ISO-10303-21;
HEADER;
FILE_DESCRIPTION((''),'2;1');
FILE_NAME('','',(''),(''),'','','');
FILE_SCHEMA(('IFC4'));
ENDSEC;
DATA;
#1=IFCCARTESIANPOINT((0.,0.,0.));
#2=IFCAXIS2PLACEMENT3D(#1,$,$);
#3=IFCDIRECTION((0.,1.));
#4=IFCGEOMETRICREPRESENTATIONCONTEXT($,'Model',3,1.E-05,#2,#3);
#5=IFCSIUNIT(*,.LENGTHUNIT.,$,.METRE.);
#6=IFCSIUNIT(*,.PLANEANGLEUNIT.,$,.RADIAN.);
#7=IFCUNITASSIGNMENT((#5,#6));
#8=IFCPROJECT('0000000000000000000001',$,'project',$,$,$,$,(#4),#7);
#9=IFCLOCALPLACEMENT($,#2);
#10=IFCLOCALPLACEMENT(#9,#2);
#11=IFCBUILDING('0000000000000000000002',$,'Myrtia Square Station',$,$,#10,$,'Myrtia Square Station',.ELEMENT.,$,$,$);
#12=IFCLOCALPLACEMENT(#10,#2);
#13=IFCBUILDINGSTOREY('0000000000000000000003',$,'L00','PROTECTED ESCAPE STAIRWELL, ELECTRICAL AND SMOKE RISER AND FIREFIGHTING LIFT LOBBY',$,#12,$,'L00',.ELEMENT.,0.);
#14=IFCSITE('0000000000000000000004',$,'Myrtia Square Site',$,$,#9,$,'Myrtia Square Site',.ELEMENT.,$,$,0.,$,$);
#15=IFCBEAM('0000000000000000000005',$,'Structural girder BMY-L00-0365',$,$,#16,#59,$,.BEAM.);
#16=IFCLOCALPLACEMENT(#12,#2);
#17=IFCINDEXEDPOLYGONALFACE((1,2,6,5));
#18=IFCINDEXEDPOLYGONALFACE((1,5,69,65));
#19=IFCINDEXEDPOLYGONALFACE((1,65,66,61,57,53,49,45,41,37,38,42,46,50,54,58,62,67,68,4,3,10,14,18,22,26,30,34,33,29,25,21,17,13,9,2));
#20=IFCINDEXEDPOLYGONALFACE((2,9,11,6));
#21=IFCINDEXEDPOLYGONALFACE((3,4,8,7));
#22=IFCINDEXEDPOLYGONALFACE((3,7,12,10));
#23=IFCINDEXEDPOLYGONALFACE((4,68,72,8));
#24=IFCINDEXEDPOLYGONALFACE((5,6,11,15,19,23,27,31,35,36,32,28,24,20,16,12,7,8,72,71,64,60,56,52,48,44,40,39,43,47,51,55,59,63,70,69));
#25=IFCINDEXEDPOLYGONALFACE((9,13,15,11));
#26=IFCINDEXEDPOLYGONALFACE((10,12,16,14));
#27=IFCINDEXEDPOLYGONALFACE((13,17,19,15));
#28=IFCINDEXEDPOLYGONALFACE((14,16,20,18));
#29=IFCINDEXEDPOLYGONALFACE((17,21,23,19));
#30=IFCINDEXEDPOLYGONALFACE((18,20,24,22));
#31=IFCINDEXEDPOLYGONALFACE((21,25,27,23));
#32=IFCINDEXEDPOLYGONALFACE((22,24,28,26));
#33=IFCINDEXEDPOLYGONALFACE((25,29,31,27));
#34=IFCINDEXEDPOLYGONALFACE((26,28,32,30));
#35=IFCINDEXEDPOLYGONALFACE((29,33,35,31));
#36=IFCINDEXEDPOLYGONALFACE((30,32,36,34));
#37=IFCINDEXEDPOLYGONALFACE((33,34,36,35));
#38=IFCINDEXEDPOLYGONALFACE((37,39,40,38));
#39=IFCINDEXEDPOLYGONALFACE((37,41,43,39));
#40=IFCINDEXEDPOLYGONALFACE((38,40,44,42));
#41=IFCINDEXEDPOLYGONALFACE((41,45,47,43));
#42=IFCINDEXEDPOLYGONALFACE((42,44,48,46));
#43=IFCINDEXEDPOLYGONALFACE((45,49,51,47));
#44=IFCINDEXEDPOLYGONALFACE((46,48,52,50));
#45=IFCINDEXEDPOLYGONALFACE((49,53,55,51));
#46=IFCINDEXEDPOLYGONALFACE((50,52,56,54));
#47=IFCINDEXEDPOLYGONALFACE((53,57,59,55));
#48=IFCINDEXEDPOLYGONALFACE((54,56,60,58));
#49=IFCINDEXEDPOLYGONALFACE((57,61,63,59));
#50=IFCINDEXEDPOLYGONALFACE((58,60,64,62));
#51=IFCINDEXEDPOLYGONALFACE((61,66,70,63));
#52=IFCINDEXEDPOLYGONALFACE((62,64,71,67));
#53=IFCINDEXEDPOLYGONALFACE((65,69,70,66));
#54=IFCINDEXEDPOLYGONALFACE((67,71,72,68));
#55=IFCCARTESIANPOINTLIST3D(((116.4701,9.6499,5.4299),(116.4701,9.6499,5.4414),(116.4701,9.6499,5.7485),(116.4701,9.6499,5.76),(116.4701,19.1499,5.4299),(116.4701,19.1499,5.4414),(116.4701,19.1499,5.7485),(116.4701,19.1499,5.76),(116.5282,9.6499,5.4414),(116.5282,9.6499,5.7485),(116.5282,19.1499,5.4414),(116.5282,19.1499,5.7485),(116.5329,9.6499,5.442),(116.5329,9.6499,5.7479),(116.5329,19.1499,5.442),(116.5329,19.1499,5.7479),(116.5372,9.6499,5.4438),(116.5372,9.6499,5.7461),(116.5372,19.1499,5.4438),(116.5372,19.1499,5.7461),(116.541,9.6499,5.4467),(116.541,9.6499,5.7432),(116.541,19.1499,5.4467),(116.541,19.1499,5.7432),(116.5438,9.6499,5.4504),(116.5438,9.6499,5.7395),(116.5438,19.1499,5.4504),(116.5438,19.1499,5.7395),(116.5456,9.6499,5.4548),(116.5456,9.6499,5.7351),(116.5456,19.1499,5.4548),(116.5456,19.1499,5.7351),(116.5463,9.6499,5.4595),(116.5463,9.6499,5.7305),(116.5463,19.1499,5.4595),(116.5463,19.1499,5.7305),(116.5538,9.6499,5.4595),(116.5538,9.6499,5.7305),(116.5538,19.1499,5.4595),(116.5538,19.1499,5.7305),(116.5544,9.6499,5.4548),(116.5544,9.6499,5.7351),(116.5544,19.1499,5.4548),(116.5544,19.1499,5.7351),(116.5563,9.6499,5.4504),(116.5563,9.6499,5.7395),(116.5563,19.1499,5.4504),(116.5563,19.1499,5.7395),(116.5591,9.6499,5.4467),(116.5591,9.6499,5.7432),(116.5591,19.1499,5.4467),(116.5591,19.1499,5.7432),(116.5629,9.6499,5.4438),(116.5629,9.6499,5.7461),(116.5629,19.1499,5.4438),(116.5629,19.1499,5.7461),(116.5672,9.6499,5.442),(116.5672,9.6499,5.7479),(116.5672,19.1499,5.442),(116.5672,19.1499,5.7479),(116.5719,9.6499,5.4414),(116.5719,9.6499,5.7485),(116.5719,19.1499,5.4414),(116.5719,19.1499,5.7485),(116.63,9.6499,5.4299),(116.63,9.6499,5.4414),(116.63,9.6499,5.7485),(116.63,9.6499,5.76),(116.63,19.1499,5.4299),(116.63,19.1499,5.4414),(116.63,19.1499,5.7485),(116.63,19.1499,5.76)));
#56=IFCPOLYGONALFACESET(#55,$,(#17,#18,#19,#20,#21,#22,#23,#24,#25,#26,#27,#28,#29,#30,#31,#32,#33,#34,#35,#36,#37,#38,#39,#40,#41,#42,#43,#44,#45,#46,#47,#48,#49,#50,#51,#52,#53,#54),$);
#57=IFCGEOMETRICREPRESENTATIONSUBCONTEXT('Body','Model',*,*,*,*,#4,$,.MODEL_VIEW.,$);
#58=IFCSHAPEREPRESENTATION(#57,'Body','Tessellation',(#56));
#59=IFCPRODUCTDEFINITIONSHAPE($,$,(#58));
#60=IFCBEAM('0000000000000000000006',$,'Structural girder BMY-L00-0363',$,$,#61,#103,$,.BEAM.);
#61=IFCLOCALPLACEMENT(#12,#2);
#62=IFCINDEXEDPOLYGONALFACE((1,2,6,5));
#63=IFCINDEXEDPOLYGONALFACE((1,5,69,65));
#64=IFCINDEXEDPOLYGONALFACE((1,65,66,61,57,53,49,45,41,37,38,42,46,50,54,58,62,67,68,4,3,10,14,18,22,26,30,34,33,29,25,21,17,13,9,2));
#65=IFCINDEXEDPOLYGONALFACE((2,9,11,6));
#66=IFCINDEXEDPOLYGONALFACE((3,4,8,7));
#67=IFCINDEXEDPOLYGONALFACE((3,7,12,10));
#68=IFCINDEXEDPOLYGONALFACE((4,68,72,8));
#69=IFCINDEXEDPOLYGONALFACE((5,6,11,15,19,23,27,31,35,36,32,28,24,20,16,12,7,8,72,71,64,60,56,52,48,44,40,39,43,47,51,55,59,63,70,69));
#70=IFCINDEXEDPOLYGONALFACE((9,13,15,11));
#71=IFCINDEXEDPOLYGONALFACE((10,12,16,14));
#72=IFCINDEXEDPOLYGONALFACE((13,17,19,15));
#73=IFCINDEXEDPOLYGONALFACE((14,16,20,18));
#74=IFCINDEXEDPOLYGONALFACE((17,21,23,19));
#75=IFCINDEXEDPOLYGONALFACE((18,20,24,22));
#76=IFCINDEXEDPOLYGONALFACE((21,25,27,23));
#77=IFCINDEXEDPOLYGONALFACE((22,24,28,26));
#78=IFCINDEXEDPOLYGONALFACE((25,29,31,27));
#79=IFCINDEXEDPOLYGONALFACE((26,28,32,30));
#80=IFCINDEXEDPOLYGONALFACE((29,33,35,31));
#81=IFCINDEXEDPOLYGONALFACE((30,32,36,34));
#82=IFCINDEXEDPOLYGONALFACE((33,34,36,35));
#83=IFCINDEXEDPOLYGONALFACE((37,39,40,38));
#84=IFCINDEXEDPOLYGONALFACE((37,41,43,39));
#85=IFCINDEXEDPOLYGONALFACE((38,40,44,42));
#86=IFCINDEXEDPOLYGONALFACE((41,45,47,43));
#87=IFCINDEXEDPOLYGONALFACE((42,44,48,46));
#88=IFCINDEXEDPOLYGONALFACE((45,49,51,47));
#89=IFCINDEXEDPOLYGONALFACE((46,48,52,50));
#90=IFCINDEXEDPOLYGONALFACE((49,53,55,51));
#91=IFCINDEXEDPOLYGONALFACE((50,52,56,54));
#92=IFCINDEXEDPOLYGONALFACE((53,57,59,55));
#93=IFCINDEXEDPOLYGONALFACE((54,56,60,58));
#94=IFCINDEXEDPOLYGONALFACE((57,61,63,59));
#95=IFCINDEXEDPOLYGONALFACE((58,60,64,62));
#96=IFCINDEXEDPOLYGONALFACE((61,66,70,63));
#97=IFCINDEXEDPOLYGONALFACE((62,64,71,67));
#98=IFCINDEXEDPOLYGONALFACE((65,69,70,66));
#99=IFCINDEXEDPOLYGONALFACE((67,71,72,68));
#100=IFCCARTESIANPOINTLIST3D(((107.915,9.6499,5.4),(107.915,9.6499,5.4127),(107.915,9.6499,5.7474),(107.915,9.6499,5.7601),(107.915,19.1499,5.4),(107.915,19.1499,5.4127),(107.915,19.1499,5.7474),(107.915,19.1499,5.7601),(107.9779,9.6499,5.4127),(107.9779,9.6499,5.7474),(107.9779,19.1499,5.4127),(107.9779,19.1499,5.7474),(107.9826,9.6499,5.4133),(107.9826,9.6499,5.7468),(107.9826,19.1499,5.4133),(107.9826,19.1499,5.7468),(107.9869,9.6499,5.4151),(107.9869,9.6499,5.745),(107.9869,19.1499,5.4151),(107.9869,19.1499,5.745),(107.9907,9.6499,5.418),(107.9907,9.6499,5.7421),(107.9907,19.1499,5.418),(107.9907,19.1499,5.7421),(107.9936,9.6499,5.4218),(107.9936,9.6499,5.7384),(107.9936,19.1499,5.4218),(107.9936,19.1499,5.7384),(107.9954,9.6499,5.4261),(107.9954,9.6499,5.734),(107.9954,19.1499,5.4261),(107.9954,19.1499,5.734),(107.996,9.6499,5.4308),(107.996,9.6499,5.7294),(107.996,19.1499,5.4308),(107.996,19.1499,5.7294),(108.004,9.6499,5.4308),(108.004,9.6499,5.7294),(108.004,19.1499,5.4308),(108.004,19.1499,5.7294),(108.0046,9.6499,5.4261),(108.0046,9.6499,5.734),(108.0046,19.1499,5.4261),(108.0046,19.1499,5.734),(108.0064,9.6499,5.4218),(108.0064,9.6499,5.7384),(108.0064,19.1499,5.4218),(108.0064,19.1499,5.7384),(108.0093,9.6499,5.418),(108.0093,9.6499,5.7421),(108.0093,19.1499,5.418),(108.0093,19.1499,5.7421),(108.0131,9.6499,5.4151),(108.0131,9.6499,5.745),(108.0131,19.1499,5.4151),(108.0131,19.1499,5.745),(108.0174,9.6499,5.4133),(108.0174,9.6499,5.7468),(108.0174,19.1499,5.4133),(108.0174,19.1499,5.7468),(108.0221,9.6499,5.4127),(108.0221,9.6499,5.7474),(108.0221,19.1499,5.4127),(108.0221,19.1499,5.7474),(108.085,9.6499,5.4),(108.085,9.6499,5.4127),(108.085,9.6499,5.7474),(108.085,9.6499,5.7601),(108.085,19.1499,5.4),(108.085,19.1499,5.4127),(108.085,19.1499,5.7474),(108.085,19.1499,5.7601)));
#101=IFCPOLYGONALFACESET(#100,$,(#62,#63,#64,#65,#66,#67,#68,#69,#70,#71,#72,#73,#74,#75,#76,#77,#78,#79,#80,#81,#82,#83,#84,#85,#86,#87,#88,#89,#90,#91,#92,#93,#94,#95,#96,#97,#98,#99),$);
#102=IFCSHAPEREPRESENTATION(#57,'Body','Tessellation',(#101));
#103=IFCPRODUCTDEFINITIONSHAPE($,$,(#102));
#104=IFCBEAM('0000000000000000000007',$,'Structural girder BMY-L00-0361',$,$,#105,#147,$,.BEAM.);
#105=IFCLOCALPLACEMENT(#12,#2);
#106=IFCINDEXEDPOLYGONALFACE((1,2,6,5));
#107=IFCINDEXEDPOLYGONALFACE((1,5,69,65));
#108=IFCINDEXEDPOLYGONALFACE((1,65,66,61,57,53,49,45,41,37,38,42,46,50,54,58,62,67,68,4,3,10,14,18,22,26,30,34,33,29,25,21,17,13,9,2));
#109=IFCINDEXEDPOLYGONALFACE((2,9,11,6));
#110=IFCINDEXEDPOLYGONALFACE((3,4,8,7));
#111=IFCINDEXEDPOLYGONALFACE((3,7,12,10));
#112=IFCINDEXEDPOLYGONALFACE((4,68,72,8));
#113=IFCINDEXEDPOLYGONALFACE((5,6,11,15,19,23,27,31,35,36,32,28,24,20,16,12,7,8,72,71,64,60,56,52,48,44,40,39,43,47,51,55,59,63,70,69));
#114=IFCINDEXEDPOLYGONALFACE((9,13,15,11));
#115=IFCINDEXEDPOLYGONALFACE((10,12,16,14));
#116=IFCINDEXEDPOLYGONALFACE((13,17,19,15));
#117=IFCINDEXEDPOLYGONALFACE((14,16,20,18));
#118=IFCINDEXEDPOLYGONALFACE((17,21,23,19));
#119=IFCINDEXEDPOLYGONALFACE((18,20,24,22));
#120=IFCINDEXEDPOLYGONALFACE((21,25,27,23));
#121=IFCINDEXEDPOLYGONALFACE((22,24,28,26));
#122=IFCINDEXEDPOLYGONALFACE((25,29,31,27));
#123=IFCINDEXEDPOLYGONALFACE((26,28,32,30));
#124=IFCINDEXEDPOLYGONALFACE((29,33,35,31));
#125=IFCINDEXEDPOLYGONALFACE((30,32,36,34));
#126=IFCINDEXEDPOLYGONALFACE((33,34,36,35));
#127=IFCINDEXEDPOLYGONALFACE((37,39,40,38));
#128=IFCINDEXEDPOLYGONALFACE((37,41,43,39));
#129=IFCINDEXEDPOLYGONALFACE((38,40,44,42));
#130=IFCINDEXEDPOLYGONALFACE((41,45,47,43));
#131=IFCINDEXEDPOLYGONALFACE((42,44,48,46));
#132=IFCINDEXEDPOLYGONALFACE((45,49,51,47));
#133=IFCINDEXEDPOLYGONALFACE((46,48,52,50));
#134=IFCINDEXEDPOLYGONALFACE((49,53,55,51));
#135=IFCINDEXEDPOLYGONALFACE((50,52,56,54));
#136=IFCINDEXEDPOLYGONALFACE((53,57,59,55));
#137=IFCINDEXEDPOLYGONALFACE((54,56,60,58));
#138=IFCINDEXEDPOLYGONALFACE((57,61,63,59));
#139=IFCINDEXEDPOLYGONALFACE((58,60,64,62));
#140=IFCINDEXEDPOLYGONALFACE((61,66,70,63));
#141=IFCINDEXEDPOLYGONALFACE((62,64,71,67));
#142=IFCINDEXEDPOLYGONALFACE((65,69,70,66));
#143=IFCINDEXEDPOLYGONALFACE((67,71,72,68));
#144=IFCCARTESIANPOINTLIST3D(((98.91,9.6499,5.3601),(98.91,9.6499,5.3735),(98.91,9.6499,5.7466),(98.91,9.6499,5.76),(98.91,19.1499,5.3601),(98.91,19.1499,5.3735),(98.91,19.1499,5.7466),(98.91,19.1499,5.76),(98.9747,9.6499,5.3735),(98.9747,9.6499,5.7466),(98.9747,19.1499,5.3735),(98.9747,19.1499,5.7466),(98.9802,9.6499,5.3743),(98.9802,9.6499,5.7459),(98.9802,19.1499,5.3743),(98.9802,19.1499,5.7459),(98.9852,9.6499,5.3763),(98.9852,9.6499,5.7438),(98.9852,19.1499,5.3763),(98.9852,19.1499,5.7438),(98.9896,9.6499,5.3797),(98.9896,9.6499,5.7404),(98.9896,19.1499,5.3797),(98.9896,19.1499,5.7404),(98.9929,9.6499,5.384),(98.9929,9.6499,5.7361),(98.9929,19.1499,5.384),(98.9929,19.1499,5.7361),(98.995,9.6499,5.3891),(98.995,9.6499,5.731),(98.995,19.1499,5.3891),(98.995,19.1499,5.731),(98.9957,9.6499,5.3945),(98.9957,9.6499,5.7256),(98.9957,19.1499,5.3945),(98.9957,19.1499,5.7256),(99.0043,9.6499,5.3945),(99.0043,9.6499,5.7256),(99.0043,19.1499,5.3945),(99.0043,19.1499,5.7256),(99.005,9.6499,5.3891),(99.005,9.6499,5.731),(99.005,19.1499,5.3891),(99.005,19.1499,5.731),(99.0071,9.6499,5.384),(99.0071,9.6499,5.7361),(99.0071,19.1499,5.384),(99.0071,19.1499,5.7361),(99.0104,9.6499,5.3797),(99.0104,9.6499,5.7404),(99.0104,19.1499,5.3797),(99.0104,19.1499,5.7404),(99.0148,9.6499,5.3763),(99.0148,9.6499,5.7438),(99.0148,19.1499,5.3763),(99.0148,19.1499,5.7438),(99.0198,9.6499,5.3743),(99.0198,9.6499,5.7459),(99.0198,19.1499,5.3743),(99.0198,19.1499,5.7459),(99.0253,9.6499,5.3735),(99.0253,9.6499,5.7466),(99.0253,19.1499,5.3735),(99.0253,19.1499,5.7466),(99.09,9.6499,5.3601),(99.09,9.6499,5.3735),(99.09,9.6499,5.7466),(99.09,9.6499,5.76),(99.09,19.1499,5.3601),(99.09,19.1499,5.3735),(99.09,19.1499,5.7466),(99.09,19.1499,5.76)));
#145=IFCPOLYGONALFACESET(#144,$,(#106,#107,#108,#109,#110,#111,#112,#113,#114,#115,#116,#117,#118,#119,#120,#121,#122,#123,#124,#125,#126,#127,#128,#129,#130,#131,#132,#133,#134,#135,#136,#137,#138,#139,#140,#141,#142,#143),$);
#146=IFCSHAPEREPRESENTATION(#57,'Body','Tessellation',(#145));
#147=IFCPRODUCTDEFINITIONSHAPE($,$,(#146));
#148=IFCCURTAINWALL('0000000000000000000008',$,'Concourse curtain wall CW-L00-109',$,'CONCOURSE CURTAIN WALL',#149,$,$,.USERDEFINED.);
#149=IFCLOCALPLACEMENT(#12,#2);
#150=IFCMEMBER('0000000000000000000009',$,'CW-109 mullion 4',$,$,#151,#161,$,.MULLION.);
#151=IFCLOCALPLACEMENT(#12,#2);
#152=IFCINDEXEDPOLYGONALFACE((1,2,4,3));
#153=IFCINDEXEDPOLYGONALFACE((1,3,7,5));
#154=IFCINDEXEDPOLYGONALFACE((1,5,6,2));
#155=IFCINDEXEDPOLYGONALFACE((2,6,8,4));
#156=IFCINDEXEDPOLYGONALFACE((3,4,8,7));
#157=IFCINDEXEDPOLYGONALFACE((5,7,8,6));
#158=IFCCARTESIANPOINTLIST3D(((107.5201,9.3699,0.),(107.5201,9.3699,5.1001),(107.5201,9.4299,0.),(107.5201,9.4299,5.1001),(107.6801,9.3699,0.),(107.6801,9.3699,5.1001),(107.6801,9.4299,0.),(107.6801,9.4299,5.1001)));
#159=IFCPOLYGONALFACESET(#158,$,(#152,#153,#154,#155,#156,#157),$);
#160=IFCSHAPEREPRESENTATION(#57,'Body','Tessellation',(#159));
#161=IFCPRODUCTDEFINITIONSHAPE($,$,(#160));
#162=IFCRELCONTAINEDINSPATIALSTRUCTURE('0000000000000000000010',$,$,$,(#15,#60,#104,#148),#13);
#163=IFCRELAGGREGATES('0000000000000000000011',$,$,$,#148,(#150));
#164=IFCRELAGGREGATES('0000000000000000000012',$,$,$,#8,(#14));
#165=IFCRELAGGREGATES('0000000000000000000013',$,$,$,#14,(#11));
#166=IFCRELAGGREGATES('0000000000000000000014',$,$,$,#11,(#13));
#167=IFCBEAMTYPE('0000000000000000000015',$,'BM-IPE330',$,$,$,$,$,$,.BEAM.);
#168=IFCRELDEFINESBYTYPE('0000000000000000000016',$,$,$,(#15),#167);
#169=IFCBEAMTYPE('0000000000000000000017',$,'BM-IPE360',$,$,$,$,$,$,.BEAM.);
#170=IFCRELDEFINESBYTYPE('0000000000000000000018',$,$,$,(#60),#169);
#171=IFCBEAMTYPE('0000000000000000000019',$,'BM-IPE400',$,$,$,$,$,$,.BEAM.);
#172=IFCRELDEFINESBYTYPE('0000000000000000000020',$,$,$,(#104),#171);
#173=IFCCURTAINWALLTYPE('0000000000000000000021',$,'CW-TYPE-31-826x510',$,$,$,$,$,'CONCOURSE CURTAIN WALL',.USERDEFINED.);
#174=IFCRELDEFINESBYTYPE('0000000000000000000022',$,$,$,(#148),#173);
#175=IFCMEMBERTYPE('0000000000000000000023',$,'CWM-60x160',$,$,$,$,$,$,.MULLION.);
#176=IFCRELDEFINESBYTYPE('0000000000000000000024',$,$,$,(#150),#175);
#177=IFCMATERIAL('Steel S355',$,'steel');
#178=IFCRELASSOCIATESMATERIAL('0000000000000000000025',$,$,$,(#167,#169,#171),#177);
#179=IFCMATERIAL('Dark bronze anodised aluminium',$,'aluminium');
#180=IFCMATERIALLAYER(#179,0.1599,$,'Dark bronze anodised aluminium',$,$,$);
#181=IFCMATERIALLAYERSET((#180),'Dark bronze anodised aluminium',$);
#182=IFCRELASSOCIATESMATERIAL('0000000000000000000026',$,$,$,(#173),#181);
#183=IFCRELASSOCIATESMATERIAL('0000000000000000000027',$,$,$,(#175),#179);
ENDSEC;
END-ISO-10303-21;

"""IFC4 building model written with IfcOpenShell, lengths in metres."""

from ifc_helpers import new_model, si_unit, direction, frame, origin, origin_2d, place, context, subcontext, project, spatial, rectangle, i_section, extrude, material, layer, layer_set, material_profile, profile_set, type_object, element, aggregate, save


model = new_model("IFC4")

# Units and contexts
model_context = context("Model", 3, precision=1e-05, world=origin(), true_north=direction((0.0, 1.0)))
body_context = subcontext(model_context, "Body", "Model", "MODEL_VIEW")
ifc_project = project(units=[si_unit("LENGTHUNIT", "METRE"), si_unit("PLANEANGLEUNIT", "RADIAN")], contexts=[model_context])

# Site, building, storey
site_placement = place(None, origin())
site = spatial("IfcSite", under=ifc_project, at=site_placement, Name="Myrtia Square Site", LongName="Myrtia Square Site", CompositionType="ELEMENT", RefElevation=0.0)
building_placement = place(site_placement, origin())
building = spatial("IfcBuilding", under=site, at=building_placement, Name="Myrtia Square Station", LongName="Myrtia Square Station", CompositionType="ELEMENT")
storey_placement = place(building_placement, origin())
storey = spatial("IfcBuildingStorey", under=building, at=storey_placement, Name="L00", Description="PROTECTED ESCAPE STAIRWELL, ELECTRICAL AND SMOKE RISER AND FIREFIGHTING LIFT LOBBY", LongName="L00", CompositionType="ELEMENT", Elevation=0.0)

# Shared definitions
ifc_material_1 = material(Name="Steel S355", Category="steel")

# Beams
ifc_material_profile_1 = material_profile(ifc_material_1, i_section(OverallWidth=0.1599, OverallDepth=0.3301, WebThickness=0.0076, FlangeThickness=0.0115, FilletRadius=0.0181, at=origin_2d()), Name="IPE 330")
ifc_profile_set_1 = profile_set([ifc_material_profile_1], Name="Steel S355")
beam_type_1 = type_object("IfcBeamType", Name="BM-IPE330", PredefinedType="BEAM", material=ifc_profile_set_1)
beam_1_placement = place(storey_placement, frame((116.55, 9.6499, 5.595), z_axis=(0.0, 1.0, 0.0), x_axis=(-1.0, 0.0, 0.0)))
element("IfcBeam", 1, at=beam_1_placement, inside=storey, type_object=beam_type_1, Name="Structural girder BMY-L00-0365", PredefinedType="BEAM", context=body_context, shape_type="SweptSolid", body=[
    extrude(i_section(OverallWidth=0.1599, OverallDepth=0.3301, WebThickness=0.0076, FlangeThickness=0.0115, FilletRadius=0.0181, at=origin_2d()), origin(), (0.0, 0.0, 1.0), 9.5),
])
ifc_material_profile_2 = material_profile(ifc_material_1, i_section(OverallWidth=0.1699, OverallDepth=0.3601, WebThickness=0.0081, FlangeThickness=0.0127, FilletRadius=0.0181, at=origin_2d()), Name="IPE 360")
ifc_profile_set_2 = profile_set([ifc_material_profile_2], Name="Steel S355")
beam_type_2 = type_object("IfcBeamType", Name="BM-IPE360", PredefinedType="BEAM", material=ifc_profile_set_2)
beam_2_placement = place(storey_placement, frame((108.0, 9.6499, 5.5801), z_axis=(0.0, 1.0, 0.0), x_axis=(-1.0, 0.0, 0.0)))
element("IfcBeam", 2, at=beam_2_placement, inside=storey, type_object=beam_type_2, Name="Structural girder BMY-L00-0363", PredefinedType="BEAM", context=body_context, shape_type="SweptSolid", body=[
    extrude(i_section(OverallWidth=0.1699, OverallDepth=0.3601, WebThickness=0.0081, FlangeThickness=0.0127, FilletRadius=0.0181, at=origin_2d()), origin(), (0.0, 0.0, 1.0), 9.5),
])
ifc_material_profile_3 = material_profile(ifc_material_1, i_section(OverallWidth=0.1799, OverallDepth=0.3999, WebThickness=0.0085, FlangeThickness=0.0134, FilletRadius=0.021, at=origin_2d()), Name="IPE 400")
ifc_profile_set_3 = profile_set([ifc_material_profile_3], Name="Steel S355")
beam_type_3 = type_object("IfcBeamType", Name="BM-IPE400", PredefinedType="BEAM", material=ifc_profile_set_3)
beam_3_placement = place(storey_placement, frame((99.0, 9.6499, 5.5601), z_axis=(0.0, 1.0, 0.0), x_axis=(-1.0, 0.0, 0.0)))
element("IfcBeam", 3, at=beam_3_placement, inside=storey, type_object=beam_type_3, Name="Structural girder BMY-L00-0361", PredefinedType="BEAM", context=body_context, shape_type="SweptSolid", body=[
    extrude(i_section(OverallWidth=0.1799, OverallDepth=0.3999, WebThickness=0.0085, FlangeThickness=0.0134, FilletRadius=0.021, at=origin_2d()), origin(), (0.0, 0.0, 1.0), 9.5),
])

# Curtain wall, member
ifc_material_2 = material(Name="Dark bronze anodised aluminium", Category="aluminium")
ifc_layer_1 = layer(ifc_material_2, 0.1599, Name="Dark bronze anodised aluminium")
ifc_layer_set_1 = layer_set([ifc_layer_1], Name="Dark bronze anodised aluminium")
curtain_wall_type = type_object("IfcCurtainWallType", Name="CW-TYPE-31-826x510", ElementType="CONCOURSE CURTAIN WALL", PredefinedType="USERDEFINED", material=ifc_layer_set_1)
curtain_wall_placement = place(storey_placement, origin())
curtain_wall = element("IfcCurtainWall", 4, at=curtain_wall_placement, inside=storey, type_object=curtain_wall_type, Name="Concourse curtain wall CW-L00-109", ObjectType="CONCOURSE CURTAIN WALL", PredefinedType="USERDEFINED")
ifc_material_profile_4 = material_profile(ifc_material_2, rectangle(XDim=0.0601, YDim=0.1599, at=origin_2d()), Name="ALU-M 60x160")
ifc_profile_set_4 = profile_set([ifc_material_profile_4], Name="Dark bronze anodised aluminium")
member_type = type_object("IfcMemberType", Name="CWM-60x160", PredefinedType="MULLION", material=ifc_profile_set_4)
member_placement = place(storey_placement, frame((107.6001, 9.3999, 0.0), z_axis=(0.0, 0.0, 1.0), x_axis=(0.0, 1.0, 0.0)))
member = element("IfcMember", 5, at=member_placement, type_object=member_type, Name="CW-109 mullion 4", PredefinedType="MULLION", context=body_context, shape_type="SweptSolid", body=[
    extrude(rectangle(XDim=0.0601, YDim=0.1599, at=origin_2d()), origin(), (0.0, 0.0, 1.0), 5.1001),
])

aggregate(curtain_wall, [member])

save(model, "model.ifc")
